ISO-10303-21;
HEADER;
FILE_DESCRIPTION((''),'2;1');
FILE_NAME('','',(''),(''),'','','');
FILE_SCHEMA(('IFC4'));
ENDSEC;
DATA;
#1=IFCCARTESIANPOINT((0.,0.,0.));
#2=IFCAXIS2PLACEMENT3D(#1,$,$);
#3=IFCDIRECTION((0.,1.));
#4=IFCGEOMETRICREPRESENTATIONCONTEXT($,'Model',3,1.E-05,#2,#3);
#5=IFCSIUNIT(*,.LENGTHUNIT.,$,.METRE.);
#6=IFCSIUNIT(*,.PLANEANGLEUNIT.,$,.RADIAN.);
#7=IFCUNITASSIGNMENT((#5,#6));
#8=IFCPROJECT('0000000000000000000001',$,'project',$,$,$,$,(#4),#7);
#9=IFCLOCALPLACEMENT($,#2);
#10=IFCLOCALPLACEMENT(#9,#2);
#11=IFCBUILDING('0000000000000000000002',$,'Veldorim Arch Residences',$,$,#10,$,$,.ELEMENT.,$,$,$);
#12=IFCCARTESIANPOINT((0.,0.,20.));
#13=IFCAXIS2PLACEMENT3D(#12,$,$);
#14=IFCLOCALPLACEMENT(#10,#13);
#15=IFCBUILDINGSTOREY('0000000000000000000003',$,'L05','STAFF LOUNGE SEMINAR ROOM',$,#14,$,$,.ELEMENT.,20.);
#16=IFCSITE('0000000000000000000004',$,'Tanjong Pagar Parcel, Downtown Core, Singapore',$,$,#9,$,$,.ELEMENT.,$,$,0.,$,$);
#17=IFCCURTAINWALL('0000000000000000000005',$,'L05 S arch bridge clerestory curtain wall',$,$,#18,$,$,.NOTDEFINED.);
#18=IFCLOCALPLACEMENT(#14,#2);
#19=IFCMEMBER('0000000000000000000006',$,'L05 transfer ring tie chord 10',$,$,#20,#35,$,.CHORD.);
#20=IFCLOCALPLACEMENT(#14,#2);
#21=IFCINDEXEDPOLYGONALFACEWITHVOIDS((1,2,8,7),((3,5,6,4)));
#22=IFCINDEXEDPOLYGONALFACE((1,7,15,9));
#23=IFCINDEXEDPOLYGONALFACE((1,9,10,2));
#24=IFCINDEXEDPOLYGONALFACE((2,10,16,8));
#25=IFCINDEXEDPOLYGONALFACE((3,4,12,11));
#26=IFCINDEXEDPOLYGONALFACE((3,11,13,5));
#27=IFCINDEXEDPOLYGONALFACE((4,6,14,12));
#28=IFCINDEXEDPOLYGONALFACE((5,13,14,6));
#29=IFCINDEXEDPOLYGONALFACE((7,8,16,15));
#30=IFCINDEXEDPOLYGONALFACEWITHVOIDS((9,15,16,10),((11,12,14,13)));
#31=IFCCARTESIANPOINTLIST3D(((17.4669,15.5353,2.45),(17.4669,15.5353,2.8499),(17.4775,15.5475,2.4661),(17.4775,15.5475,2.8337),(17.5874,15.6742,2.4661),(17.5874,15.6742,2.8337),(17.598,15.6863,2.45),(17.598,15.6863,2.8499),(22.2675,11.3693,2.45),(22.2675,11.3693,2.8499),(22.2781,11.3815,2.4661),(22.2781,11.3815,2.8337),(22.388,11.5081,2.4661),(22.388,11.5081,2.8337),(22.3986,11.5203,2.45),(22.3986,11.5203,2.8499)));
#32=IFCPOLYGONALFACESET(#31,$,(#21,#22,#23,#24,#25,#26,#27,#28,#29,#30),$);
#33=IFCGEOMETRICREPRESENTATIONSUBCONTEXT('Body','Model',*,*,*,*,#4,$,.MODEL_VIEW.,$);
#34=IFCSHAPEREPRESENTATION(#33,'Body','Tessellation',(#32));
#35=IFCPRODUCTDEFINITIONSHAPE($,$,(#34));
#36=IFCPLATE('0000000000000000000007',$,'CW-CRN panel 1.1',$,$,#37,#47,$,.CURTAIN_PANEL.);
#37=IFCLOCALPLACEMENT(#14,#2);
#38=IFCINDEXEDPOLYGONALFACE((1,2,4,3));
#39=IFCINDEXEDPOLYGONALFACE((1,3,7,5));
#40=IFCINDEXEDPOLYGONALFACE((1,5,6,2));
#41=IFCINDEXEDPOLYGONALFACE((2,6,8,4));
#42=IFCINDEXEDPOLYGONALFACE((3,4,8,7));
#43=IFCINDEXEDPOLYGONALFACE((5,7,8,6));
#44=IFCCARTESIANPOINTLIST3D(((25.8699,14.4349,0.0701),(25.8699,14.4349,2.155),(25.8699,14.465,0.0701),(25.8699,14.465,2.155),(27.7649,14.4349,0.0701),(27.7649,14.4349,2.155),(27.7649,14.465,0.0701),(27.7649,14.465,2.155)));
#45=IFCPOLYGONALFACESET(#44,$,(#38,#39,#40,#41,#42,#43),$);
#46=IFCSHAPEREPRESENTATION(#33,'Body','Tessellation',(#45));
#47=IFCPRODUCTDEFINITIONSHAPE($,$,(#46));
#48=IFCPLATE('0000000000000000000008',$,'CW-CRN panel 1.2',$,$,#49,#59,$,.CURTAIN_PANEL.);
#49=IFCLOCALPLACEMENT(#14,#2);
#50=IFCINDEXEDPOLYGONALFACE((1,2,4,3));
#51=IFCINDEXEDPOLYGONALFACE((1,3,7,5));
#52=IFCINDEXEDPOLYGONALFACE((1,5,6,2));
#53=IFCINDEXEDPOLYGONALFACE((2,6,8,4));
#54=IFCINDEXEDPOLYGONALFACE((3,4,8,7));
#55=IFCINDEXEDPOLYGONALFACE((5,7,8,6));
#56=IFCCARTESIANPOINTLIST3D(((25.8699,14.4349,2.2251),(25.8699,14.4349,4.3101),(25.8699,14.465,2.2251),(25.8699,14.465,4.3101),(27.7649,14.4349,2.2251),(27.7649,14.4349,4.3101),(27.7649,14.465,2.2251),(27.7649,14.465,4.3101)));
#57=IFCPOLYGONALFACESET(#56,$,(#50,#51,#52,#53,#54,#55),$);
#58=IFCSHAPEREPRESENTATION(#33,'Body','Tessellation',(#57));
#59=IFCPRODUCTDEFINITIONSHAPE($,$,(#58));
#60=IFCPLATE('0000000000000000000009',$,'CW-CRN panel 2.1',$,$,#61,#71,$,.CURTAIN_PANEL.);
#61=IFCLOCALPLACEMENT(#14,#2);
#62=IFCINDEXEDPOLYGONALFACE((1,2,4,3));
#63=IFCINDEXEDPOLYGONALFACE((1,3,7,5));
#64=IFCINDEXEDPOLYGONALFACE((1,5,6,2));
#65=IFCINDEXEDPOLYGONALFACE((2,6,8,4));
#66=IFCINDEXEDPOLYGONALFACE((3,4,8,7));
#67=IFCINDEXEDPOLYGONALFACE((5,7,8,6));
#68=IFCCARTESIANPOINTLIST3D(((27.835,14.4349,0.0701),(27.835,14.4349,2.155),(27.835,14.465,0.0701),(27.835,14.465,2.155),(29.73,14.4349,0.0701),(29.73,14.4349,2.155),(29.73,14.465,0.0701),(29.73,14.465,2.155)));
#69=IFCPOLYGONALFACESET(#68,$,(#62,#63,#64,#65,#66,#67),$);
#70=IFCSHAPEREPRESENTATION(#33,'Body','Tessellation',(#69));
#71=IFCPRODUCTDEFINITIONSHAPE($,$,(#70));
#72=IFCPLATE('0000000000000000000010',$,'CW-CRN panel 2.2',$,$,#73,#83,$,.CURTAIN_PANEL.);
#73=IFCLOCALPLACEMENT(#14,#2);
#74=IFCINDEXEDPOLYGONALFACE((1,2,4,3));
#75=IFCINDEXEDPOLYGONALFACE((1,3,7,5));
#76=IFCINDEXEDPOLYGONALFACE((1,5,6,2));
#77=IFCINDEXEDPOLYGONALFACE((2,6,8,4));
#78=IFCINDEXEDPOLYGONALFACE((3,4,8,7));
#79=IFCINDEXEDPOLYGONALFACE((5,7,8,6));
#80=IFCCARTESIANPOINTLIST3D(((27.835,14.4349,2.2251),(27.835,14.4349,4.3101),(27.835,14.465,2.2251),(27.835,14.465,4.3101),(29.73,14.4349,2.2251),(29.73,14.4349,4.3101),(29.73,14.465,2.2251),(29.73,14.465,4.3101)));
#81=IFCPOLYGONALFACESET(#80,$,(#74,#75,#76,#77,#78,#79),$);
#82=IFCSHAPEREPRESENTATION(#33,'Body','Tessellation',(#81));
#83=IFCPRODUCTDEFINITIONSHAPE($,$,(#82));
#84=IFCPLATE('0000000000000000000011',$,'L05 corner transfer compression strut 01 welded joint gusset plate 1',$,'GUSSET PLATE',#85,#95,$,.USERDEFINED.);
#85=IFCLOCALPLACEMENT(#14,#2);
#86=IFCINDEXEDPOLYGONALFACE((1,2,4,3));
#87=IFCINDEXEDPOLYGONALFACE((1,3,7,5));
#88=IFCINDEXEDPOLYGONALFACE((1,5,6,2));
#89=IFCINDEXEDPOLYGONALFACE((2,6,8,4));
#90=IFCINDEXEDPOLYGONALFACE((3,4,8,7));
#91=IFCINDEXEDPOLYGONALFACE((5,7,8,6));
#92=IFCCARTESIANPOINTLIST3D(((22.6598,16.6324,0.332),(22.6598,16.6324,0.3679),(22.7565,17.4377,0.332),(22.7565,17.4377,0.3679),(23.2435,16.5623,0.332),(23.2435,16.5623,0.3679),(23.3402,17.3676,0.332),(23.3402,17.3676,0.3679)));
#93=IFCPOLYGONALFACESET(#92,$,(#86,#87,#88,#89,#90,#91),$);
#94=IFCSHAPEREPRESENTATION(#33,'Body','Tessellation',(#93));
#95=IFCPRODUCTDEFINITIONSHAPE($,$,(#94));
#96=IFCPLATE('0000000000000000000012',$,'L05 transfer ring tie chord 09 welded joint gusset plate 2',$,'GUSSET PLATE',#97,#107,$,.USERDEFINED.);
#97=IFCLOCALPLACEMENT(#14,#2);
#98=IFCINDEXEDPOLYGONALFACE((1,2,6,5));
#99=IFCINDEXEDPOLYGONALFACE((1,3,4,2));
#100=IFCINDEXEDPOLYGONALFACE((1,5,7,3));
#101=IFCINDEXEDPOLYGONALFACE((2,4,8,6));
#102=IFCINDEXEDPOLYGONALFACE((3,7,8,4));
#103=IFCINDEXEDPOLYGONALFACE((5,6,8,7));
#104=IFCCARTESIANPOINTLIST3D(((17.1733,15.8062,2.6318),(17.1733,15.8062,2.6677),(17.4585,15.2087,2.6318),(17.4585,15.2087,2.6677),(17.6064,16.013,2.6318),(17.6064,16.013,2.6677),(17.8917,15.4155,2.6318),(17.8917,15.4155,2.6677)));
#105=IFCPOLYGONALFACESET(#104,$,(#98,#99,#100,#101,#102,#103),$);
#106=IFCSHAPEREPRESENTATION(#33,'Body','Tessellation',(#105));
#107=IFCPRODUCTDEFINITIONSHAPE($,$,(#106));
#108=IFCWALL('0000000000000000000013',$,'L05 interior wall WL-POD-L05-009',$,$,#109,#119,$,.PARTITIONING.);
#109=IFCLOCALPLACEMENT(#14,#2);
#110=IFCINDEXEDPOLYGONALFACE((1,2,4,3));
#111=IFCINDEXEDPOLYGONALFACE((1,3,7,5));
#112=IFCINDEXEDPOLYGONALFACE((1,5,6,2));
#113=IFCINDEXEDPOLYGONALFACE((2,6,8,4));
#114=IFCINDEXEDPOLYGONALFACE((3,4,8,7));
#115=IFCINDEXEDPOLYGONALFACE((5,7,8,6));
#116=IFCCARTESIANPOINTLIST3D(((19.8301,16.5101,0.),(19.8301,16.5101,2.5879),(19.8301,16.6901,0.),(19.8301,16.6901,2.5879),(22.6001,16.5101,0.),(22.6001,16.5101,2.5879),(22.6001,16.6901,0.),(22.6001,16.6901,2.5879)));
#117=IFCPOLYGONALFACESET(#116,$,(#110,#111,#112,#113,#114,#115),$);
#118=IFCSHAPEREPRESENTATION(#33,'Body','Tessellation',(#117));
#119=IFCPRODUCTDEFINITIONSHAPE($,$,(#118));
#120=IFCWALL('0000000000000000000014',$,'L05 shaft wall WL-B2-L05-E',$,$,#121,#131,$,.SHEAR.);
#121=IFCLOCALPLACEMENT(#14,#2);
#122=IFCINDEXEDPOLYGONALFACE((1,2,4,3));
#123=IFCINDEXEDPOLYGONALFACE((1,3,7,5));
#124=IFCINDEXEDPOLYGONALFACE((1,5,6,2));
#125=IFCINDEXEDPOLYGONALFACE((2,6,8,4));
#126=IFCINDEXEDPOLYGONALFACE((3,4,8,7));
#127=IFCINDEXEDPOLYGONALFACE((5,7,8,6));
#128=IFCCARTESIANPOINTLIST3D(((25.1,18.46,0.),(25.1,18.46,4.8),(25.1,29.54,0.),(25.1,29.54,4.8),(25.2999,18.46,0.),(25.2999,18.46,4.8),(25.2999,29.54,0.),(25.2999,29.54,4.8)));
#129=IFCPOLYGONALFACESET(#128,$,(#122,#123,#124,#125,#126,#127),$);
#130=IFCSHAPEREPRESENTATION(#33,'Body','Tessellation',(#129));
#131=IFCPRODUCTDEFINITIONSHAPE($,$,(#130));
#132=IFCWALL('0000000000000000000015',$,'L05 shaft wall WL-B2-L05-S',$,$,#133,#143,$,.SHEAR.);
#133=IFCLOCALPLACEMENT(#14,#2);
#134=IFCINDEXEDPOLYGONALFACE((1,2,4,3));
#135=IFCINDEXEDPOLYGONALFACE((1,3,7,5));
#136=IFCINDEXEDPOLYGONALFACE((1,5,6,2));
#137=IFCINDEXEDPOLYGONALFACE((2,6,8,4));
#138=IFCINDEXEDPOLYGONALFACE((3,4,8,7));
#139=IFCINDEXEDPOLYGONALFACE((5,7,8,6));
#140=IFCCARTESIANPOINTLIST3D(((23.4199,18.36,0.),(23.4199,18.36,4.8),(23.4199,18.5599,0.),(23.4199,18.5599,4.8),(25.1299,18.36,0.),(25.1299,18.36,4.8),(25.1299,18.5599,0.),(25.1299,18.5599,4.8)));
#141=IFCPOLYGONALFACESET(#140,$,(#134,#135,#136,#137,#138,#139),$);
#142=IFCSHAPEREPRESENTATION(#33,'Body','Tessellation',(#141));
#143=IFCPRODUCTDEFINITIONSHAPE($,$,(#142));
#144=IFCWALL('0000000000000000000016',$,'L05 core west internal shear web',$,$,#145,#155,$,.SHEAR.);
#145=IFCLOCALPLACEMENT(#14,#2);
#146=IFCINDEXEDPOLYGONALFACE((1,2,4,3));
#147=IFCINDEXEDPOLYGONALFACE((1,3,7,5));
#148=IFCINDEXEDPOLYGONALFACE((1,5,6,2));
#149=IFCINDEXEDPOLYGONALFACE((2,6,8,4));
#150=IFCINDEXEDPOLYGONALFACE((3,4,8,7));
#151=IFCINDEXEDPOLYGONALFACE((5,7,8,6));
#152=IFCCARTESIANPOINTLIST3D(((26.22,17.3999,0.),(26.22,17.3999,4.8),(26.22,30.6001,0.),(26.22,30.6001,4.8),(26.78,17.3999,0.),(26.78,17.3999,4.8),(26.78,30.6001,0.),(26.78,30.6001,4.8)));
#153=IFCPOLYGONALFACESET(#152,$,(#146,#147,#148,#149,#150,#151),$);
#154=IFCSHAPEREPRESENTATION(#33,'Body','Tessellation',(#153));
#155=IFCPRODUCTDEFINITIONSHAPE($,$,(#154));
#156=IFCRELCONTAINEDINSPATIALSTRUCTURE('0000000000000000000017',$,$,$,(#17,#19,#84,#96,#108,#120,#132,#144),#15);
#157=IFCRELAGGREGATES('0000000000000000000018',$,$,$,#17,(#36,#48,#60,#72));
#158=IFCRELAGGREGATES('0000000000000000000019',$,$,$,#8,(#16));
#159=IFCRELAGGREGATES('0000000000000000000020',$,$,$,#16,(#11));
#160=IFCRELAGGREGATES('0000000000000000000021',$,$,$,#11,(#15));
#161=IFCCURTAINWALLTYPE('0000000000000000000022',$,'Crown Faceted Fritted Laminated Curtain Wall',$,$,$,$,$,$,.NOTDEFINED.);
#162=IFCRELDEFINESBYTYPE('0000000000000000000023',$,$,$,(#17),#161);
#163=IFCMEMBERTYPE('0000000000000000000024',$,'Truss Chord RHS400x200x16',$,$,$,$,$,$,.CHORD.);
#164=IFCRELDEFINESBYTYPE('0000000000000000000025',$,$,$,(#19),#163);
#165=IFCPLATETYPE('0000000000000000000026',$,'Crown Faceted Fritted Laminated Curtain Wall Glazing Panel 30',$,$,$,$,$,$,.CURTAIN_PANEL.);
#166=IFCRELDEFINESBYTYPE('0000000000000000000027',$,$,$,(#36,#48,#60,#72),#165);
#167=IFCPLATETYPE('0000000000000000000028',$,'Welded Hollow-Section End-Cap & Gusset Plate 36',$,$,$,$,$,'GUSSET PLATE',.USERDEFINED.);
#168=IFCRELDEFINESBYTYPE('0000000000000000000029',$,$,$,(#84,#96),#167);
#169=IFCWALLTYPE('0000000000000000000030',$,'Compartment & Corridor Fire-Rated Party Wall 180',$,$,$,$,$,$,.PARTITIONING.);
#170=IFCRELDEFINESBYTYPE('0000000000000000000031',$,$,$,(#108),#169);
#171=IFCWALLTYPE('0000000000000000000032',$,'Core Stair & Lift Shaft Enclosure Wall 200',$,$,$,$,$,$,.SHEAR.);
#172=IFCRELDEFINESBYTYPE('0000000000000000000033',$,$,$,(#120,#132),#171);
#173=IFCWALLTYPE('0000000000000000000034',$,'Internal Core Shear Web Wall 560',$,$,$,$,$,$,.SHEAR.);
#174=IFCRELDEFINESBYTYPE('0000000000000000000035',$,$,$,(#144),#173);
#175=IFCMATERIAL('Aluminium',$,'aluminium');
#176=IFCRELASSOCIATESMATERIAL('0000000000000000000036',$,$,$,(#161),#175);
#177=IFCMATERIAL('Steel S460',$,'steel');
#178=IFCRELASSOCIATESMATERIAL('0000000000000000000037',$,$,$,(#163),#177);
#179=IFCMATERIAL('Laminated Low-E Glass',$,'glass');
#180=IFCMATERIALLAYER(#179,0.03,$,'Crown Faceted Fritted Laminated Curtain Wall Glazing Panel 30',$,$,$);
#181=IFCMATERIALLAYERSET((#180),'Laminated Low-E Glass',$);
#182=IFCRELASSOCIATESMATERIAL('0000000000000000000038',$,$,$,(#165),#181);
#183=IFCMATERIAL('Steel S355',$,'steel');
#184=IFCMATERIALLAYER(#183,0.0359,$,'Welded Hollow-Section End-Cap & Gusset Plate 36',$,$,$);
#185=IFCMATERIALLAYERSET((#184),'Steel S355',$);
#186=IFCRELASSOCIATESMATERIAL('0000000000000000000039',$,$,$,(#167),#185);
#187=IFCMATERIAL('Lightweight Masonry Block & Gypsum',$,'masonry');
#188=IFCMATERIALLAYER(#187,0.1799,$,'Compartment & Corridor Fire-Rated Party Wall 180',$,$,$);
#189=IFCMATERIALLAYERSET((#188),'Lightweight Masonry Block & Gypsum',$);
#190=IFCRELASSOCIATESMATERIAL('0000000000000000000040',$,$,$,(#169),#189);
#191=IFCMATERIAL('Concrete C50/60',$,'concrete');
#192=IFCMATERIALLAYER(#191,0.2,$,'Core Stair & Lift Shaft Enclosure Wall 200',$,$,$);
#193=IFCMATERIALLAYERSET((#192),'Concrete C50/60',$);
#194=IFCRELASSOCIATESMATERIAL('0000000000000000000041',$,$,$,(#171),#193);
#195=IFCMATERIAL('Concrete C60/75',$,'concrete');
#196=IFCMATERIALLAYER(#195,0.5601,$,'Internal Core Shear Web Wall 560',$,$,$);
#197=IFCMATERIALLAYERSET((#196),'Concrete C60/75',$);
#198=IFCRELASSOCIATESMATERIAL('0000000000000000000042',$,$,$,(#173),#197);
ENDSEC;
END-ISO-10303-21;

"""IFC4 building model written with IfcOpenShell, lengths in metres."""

from ifc_helpers import new_model, si_unit, direction, frame, frame_2d, origin, origin_2d, place, context, subcontext, project, spatial, rectangle, hollow_rectangle, extrude, material, layer, layer_set, material_profile, profile_set, type_object, element, aggregate, save


model = new_model("IFC4")

# Units and contexts
model_context = context("Model", 3, precision=1e-05, world=origin(), true_north=direction((0.0, 1.0)))
body_context = subcontext(model_context, "Body", "Model", "MODEL_VIEW")
ifc_project = project(units=[si_unit("LENGTHUNIT", "METRE"), si_unit("PLANEANGLEUNIT", "RADIAN")], contexts=[model_context])

# Site, building, storey
site_placement = place(None, origin())
site = spatial("IfcSite", under=ifc_project, at=site_placement, Name="Tanjong Pagar Parcel, Downtown Core, Singapore", CompositionType="ELEMENT", RefElevation=0.0)
building_placement = place(site_placement, origin())
building = spatial("IfcBuilding", under=site, at=building_placement, Name="Veldorim Arch Residences", CompositionType="ELEMENT")
storey_placement = place(building_placement, frame((0.0, 0.0, 20.0)))
storey = spatial("IfcBuildingStorey", under=building, at=storey_placement, Name="L05", Description="STAFF LOUNGE SEMINAR ROOM", CompositionType="ELEMENT", Elevation=20.0)

# Curtain wall
ifc_material_1 = material(Name="Aluminium", Category="aluminium")
curtain_wall_type = type_object("IfcCurtainWallType", Name="Crown Faceted Fritted Laminated Curtain Wall", PredefinedType="NOTDEFINED", material=ifc_material_1)
curtain_wall_placement = place(storey_placement, origin())
curtain_wall = element("IfcCurtainWall", 1, at=curtain_wall_placement, inside=storey, type_object=curtain_wall_type, Name="L05 S arch bridge clerestory curtain wall", PredefinedType="NOTDEFINED")

# Member
ifc_material_2 = material(Name="Steel S460", Category="steel")
ifc_material_profile_1 = material_profile(ifc_material_2, hollow_rectangle(XDim=0.2, YDim=0.3999, WallThickness=0.0161, at=origin_2d()), Name="RHS400x200x16")
ifc_profile_set_1 = profile_set([ifc_material_profile_1], Name="Steel S460")
member_type_1 = type_object("IfcMemberType", Name="Truss Chord RHS400x200x16", PredefinedType="CHORD", material=ifc_profile_set_1)
member_1_placement = place(storey_placement, frame((17.5325, 15.6108, 2.6499), z_axis=(0.755257, -0.655429, 0.0), x_axis=(0.655429, 0.755257, 0.0)))
element("IfcMember", 2, at=member_1_placement, inside=storey, type_object=member_type_1, Name="L05 transfer ring tie chord 10", PredefinedType="CHORD", context=body_context, shape_type="SweptSolid", body=[
    extrude(hollow_rectangle(XDim=0.2, YDim=0.3999, WallThickness=0.0161, at=origin_2d()), origin(), (0.0, 0.0, 1.0), 6.3562),
])

# Plates
ifc_material_3 = material(Name="Laminated Low-E Glass", Category="glass")
ifc_layer_1 = layer(ifc_material_3, 0.03, Name="Crown Faceted Fritted Laminated Curtain Wall Glazing Panel 30")
ifc_layer_set_1 = layer_set([ifc_layer_1], Name="Laminated Low-E Glass")
plate_type_1 = type_object("IfcPlateType", Name="Crown Faceted Fritted Laminated Curtain Wall Glazing Panel 30", PredefinedType="CURTAIN_PANEL", material=ifc_layer_set_1)
plate_1_placement = place(storey_placement, frame((26.8174, 14.45, 0.0701), z_axis=(0.0, 0.0, 1.0), x_axis=(1.0, 0.0, 0.0)))
plate_1 = element("IfcPlate", 3, at=plate_1_placement, type_object=plate_type_1, Name="CW-CRN panel 1.1", PredefinedType="CURTAIN_PANEL", context=body_context, shape_type="SweptSolid", body=[
    extrude(rectangle(XDim=1.895, YDim=0.03, at=origin_2d()), origin(), (0.0, 0.0, 1.0), 2.085),
])
plate_2_placement = place(storey_placement, frame((26.8174, 14.45, 2.2251), z_axis=(0.0, 0.0, 1.0), x_axis=(1.0, 0.0, 0.0)))
plate_2 = element("IfcPlate", 4, at=plate_2_placement, type_object=plate_type_1, Name="CW-CRN panel 1.2", PredefinedType="CURTAIN_PANEL", context=body_context, shape_type="SweptSolid", body=[
    extrude(rectangle(XDim=1.895, YDim=0.03, at=origin_2d()), origin(), (0.0, 0.0, 1.0), 2.085),
])
plate_3_placement = place(storey_placement, frame((28.7825, 14.45, 0.0701), z_axis=(0.0, 0.0, 1.0), x_axis=(1.0, 0.0, 0.0)))
plate_3 = element("IfcPlate", 5, at=plate_3_placement, type_object=plate_type_1, Name="CW-CRN panel 2.1", PredefinedType="CURTAIN_PANEL", context=body_context, shape_type="SweptSolid", body=[
    extrude(rectangle(XDim=1.895, YDim=0.03, at=origin_2d()), origin(), (0.0, 0.0, 1.0), 2.085),
])
plate_4_placement = place(storey_placement, frame((28.7825, 14.45, 2.2251), z_axis=(0.0, 0.0, 1.0), x_axis=(1.0, 0.0, 0.0)))
plate_4 = element("IfcPlate", 6, at=plate_4_placement, type_object=plate_type_1, Name="CW-CRN panel 2.2", PredefinedType="CURTAIN_PANEL", context=body_context, shape_type="SweptSolid", body=[
    extrude(rectangle(XDim=1.895, YDim=0.03, at=origin_2d()), origin(), (0.0, 0.0, 1.0), 2.085),
])
aggregate(curtain_wall, [plate_1, plate_2, plate_3, plate_4])

# Plates
ifc_material_4 = material(Name="Steel S355", Category="steel")
ifc_layer_2 = layer(ifc_material_4, 0.0359, Name="Welded Hollow-Section End-Cap & Gusset Plate 36")
ifc_layer_set_2 = layer_set([ifc_layer_2], Name="Steel S355")
plate_type_2 = type_object("IfcPlateType", Name="Welded Hollow-Section End-Cap & Gusset Plate 36", ElementType="GUSSET PLATE", PredefinedType="USERDEFINED", material=ifc_layer_set_2)
plate_5_placement = place(storey_placement, frame((23.0, 17.0, 0.332), z_axis=(0.0, 0.0, 1.0), x_axis=(-0.119201, -0.99287, 0.0)))
element("IfcPlate", 7, at=plate_5_placement, inside=storey, type_object=plate_type_2, Name="L05 corner transfer compression strut 01 welded joint gusset plate 1", ObjectType="GUSSET PLATE", PredefinedType="USERDEFINED", context=body_context, shape_type="SweptSolid", body=[
    extrude(rectangle(XDim=0.811, YDim=0.5879, at=origin_2d()), origin(), (0.0, 0.0, 1.0), 0.0359),
])
plate_6_placement = place(storey_placement, frame((17.5325, 15.6108, 2.6318), z_axis=(0.0, 0.0, 1.0), x_axis=(0.430763, -0.902465, 0.0)))
element("IfcPlate", 8, at=plate_6_placement, inside=storey, type_object=plate_type_2, Name="L05 transfer ring tie chord 09 welded joint gusset plate 2", ObjectType="GUSSET PLATE", PredefinedType="USERDEFINED", context=body_context, shape_type="SweptSolid", body=[
    extrude(rectangle(XDim=0.6621, YDim=0.48, at=origin_2d()), origin(), (0.0, 0.0, 1.0), 0.0359),
])

# Walls
ifc_material_5 = material(Name="Lightweight Masonry Block & Gypsum", Category="masonry")
ifc_layer_3 = layer(ifc_material_5, 0.1799, Name="Compartment & Corridor Fire-Rated Party Wall 180")
ifc_layer_set_3 = layer_set([ifc_layer_3], Name="Lightweight Masonry Block & Gypsum")
wall_type_1 = type_object("IfcWallType", Name="Compartment & Corridor Fire-Rated Party Wall 180", PredefinedType="PARTITIONING", material=ifc_layer_set_3)
wall_1_placement = place(storey_placement, frame((19.8301, 16.6001, 0.0), z_axis=(0.0, 0.0, 1.0), x_axis=(1.0, 0.0, 0.0)))
element("IfcWall", 9, at=wall_1_placement, inside=storey, type_object=wall_type_1, Name="L05 interior wall WL-POD-L05-009", PredefinedType="PARTITIONING", context=body_context, shape_type="SweptSolid", body=[
    extrude(rectangle(XDim=2.77, YDim=0.1799, at=frame_2d((1.385, 0.0))), origin(), (0.0, 0.0, 1.0), 2.5879),
])
ifc_material_6 = material(Name="Concrete C50/60", Category="concrete")
ifc_layer_4 = layer(ifc_material_6, 0.2, Name="Core Stair & Lift Shaft Enclosure Wall 200")
ifc_layer_set_4 = layer_set([ifc_layer_4], Name="Concrete C50/60")
wall_type_2 = type_object("IfcWallType", Name="Core Stair & Lift Shaft Enclosure Wall 200", PredefinedType="SHEAR", material=ifc_layer_set_4)
wall_2_placement = place(storey_placement, frame((25.2, 18.46, 0.0), z_axis=(0.0, 0.0, 1.0), x_axis=(0.0, 1.0, 0.0)))
element("IfcWall", 10, at=wall_2_placement, inside=storey, type_object=wall_type_2, Name="L05 shaft wall WL-B2-L05-E", PredefinedType="SHEAR", context=body_context, shape_type="SweptSolid", body=[
    extrude(rectangle(XDim=11.0801, YDim=0.2, at=frame_2d((5.54, 0.0))), origin(), (0.0, 0.0, 1.0), 4.8),
])
wall_3_placement = place(storey_placement, frame((23.4199, 18.46, 0.0), z_axis=(0.0, 0.0, 1.0), x_axis=(1.0, 0.0, 0.0)))
element("IfcWall", 11, at=wall_3_placement, inside=storey, type_object=wall_type_2, Name="L05 shaft wall WL-B2-L05-S", PredefinedType="SHEAR", context=body_context, shape_type="SweptSolid", body=[
    extrude(rectangle(XDim=1.71, YDim=0.2, at=frame_2d((0.855, 0.0))), origin(), (0.0, 0.0, 1.0), 4.8),
])
ifc_material_7 = material(Name="Concrete C60/75", Category="concrete")
ifc_layer_5 = layer(ifc_material_7, 0.5601, Name="Internal Core Shear Web Wall 560")
ifc_layer_set_5 = layer_set([ifc_layer_5], Name="Concrete C60/75")
wall_type_3 = type_object("IfcWallType", Name="Internal Core Shear Web Wall 560", PredefinedType="SHEAR", material=ifc_layer_set_5)
wall_4_placement = place(storey_placement, frame((26.5, 17.3999, 0.0), z_axis=(0.0, 0.0, 1.0), x_axis=(0.0, 1.0, 0.0)))
element("IfcWall", 12, at=wall_4_placement, inside=storey, type_object=wall_type_3, Name="L05 core west internal shear web", PredefinedType="SHEAR", context=body_context, shape_type="SweptSolid", body=[
    extrude(rectangle(XDim=13.2002, YDim=0.5601, at=frame_2d((6.6001, 0.0))), origin(), (0.0, 0.0, 1.0), 4.8),
])

save(model, "model.ifc")
